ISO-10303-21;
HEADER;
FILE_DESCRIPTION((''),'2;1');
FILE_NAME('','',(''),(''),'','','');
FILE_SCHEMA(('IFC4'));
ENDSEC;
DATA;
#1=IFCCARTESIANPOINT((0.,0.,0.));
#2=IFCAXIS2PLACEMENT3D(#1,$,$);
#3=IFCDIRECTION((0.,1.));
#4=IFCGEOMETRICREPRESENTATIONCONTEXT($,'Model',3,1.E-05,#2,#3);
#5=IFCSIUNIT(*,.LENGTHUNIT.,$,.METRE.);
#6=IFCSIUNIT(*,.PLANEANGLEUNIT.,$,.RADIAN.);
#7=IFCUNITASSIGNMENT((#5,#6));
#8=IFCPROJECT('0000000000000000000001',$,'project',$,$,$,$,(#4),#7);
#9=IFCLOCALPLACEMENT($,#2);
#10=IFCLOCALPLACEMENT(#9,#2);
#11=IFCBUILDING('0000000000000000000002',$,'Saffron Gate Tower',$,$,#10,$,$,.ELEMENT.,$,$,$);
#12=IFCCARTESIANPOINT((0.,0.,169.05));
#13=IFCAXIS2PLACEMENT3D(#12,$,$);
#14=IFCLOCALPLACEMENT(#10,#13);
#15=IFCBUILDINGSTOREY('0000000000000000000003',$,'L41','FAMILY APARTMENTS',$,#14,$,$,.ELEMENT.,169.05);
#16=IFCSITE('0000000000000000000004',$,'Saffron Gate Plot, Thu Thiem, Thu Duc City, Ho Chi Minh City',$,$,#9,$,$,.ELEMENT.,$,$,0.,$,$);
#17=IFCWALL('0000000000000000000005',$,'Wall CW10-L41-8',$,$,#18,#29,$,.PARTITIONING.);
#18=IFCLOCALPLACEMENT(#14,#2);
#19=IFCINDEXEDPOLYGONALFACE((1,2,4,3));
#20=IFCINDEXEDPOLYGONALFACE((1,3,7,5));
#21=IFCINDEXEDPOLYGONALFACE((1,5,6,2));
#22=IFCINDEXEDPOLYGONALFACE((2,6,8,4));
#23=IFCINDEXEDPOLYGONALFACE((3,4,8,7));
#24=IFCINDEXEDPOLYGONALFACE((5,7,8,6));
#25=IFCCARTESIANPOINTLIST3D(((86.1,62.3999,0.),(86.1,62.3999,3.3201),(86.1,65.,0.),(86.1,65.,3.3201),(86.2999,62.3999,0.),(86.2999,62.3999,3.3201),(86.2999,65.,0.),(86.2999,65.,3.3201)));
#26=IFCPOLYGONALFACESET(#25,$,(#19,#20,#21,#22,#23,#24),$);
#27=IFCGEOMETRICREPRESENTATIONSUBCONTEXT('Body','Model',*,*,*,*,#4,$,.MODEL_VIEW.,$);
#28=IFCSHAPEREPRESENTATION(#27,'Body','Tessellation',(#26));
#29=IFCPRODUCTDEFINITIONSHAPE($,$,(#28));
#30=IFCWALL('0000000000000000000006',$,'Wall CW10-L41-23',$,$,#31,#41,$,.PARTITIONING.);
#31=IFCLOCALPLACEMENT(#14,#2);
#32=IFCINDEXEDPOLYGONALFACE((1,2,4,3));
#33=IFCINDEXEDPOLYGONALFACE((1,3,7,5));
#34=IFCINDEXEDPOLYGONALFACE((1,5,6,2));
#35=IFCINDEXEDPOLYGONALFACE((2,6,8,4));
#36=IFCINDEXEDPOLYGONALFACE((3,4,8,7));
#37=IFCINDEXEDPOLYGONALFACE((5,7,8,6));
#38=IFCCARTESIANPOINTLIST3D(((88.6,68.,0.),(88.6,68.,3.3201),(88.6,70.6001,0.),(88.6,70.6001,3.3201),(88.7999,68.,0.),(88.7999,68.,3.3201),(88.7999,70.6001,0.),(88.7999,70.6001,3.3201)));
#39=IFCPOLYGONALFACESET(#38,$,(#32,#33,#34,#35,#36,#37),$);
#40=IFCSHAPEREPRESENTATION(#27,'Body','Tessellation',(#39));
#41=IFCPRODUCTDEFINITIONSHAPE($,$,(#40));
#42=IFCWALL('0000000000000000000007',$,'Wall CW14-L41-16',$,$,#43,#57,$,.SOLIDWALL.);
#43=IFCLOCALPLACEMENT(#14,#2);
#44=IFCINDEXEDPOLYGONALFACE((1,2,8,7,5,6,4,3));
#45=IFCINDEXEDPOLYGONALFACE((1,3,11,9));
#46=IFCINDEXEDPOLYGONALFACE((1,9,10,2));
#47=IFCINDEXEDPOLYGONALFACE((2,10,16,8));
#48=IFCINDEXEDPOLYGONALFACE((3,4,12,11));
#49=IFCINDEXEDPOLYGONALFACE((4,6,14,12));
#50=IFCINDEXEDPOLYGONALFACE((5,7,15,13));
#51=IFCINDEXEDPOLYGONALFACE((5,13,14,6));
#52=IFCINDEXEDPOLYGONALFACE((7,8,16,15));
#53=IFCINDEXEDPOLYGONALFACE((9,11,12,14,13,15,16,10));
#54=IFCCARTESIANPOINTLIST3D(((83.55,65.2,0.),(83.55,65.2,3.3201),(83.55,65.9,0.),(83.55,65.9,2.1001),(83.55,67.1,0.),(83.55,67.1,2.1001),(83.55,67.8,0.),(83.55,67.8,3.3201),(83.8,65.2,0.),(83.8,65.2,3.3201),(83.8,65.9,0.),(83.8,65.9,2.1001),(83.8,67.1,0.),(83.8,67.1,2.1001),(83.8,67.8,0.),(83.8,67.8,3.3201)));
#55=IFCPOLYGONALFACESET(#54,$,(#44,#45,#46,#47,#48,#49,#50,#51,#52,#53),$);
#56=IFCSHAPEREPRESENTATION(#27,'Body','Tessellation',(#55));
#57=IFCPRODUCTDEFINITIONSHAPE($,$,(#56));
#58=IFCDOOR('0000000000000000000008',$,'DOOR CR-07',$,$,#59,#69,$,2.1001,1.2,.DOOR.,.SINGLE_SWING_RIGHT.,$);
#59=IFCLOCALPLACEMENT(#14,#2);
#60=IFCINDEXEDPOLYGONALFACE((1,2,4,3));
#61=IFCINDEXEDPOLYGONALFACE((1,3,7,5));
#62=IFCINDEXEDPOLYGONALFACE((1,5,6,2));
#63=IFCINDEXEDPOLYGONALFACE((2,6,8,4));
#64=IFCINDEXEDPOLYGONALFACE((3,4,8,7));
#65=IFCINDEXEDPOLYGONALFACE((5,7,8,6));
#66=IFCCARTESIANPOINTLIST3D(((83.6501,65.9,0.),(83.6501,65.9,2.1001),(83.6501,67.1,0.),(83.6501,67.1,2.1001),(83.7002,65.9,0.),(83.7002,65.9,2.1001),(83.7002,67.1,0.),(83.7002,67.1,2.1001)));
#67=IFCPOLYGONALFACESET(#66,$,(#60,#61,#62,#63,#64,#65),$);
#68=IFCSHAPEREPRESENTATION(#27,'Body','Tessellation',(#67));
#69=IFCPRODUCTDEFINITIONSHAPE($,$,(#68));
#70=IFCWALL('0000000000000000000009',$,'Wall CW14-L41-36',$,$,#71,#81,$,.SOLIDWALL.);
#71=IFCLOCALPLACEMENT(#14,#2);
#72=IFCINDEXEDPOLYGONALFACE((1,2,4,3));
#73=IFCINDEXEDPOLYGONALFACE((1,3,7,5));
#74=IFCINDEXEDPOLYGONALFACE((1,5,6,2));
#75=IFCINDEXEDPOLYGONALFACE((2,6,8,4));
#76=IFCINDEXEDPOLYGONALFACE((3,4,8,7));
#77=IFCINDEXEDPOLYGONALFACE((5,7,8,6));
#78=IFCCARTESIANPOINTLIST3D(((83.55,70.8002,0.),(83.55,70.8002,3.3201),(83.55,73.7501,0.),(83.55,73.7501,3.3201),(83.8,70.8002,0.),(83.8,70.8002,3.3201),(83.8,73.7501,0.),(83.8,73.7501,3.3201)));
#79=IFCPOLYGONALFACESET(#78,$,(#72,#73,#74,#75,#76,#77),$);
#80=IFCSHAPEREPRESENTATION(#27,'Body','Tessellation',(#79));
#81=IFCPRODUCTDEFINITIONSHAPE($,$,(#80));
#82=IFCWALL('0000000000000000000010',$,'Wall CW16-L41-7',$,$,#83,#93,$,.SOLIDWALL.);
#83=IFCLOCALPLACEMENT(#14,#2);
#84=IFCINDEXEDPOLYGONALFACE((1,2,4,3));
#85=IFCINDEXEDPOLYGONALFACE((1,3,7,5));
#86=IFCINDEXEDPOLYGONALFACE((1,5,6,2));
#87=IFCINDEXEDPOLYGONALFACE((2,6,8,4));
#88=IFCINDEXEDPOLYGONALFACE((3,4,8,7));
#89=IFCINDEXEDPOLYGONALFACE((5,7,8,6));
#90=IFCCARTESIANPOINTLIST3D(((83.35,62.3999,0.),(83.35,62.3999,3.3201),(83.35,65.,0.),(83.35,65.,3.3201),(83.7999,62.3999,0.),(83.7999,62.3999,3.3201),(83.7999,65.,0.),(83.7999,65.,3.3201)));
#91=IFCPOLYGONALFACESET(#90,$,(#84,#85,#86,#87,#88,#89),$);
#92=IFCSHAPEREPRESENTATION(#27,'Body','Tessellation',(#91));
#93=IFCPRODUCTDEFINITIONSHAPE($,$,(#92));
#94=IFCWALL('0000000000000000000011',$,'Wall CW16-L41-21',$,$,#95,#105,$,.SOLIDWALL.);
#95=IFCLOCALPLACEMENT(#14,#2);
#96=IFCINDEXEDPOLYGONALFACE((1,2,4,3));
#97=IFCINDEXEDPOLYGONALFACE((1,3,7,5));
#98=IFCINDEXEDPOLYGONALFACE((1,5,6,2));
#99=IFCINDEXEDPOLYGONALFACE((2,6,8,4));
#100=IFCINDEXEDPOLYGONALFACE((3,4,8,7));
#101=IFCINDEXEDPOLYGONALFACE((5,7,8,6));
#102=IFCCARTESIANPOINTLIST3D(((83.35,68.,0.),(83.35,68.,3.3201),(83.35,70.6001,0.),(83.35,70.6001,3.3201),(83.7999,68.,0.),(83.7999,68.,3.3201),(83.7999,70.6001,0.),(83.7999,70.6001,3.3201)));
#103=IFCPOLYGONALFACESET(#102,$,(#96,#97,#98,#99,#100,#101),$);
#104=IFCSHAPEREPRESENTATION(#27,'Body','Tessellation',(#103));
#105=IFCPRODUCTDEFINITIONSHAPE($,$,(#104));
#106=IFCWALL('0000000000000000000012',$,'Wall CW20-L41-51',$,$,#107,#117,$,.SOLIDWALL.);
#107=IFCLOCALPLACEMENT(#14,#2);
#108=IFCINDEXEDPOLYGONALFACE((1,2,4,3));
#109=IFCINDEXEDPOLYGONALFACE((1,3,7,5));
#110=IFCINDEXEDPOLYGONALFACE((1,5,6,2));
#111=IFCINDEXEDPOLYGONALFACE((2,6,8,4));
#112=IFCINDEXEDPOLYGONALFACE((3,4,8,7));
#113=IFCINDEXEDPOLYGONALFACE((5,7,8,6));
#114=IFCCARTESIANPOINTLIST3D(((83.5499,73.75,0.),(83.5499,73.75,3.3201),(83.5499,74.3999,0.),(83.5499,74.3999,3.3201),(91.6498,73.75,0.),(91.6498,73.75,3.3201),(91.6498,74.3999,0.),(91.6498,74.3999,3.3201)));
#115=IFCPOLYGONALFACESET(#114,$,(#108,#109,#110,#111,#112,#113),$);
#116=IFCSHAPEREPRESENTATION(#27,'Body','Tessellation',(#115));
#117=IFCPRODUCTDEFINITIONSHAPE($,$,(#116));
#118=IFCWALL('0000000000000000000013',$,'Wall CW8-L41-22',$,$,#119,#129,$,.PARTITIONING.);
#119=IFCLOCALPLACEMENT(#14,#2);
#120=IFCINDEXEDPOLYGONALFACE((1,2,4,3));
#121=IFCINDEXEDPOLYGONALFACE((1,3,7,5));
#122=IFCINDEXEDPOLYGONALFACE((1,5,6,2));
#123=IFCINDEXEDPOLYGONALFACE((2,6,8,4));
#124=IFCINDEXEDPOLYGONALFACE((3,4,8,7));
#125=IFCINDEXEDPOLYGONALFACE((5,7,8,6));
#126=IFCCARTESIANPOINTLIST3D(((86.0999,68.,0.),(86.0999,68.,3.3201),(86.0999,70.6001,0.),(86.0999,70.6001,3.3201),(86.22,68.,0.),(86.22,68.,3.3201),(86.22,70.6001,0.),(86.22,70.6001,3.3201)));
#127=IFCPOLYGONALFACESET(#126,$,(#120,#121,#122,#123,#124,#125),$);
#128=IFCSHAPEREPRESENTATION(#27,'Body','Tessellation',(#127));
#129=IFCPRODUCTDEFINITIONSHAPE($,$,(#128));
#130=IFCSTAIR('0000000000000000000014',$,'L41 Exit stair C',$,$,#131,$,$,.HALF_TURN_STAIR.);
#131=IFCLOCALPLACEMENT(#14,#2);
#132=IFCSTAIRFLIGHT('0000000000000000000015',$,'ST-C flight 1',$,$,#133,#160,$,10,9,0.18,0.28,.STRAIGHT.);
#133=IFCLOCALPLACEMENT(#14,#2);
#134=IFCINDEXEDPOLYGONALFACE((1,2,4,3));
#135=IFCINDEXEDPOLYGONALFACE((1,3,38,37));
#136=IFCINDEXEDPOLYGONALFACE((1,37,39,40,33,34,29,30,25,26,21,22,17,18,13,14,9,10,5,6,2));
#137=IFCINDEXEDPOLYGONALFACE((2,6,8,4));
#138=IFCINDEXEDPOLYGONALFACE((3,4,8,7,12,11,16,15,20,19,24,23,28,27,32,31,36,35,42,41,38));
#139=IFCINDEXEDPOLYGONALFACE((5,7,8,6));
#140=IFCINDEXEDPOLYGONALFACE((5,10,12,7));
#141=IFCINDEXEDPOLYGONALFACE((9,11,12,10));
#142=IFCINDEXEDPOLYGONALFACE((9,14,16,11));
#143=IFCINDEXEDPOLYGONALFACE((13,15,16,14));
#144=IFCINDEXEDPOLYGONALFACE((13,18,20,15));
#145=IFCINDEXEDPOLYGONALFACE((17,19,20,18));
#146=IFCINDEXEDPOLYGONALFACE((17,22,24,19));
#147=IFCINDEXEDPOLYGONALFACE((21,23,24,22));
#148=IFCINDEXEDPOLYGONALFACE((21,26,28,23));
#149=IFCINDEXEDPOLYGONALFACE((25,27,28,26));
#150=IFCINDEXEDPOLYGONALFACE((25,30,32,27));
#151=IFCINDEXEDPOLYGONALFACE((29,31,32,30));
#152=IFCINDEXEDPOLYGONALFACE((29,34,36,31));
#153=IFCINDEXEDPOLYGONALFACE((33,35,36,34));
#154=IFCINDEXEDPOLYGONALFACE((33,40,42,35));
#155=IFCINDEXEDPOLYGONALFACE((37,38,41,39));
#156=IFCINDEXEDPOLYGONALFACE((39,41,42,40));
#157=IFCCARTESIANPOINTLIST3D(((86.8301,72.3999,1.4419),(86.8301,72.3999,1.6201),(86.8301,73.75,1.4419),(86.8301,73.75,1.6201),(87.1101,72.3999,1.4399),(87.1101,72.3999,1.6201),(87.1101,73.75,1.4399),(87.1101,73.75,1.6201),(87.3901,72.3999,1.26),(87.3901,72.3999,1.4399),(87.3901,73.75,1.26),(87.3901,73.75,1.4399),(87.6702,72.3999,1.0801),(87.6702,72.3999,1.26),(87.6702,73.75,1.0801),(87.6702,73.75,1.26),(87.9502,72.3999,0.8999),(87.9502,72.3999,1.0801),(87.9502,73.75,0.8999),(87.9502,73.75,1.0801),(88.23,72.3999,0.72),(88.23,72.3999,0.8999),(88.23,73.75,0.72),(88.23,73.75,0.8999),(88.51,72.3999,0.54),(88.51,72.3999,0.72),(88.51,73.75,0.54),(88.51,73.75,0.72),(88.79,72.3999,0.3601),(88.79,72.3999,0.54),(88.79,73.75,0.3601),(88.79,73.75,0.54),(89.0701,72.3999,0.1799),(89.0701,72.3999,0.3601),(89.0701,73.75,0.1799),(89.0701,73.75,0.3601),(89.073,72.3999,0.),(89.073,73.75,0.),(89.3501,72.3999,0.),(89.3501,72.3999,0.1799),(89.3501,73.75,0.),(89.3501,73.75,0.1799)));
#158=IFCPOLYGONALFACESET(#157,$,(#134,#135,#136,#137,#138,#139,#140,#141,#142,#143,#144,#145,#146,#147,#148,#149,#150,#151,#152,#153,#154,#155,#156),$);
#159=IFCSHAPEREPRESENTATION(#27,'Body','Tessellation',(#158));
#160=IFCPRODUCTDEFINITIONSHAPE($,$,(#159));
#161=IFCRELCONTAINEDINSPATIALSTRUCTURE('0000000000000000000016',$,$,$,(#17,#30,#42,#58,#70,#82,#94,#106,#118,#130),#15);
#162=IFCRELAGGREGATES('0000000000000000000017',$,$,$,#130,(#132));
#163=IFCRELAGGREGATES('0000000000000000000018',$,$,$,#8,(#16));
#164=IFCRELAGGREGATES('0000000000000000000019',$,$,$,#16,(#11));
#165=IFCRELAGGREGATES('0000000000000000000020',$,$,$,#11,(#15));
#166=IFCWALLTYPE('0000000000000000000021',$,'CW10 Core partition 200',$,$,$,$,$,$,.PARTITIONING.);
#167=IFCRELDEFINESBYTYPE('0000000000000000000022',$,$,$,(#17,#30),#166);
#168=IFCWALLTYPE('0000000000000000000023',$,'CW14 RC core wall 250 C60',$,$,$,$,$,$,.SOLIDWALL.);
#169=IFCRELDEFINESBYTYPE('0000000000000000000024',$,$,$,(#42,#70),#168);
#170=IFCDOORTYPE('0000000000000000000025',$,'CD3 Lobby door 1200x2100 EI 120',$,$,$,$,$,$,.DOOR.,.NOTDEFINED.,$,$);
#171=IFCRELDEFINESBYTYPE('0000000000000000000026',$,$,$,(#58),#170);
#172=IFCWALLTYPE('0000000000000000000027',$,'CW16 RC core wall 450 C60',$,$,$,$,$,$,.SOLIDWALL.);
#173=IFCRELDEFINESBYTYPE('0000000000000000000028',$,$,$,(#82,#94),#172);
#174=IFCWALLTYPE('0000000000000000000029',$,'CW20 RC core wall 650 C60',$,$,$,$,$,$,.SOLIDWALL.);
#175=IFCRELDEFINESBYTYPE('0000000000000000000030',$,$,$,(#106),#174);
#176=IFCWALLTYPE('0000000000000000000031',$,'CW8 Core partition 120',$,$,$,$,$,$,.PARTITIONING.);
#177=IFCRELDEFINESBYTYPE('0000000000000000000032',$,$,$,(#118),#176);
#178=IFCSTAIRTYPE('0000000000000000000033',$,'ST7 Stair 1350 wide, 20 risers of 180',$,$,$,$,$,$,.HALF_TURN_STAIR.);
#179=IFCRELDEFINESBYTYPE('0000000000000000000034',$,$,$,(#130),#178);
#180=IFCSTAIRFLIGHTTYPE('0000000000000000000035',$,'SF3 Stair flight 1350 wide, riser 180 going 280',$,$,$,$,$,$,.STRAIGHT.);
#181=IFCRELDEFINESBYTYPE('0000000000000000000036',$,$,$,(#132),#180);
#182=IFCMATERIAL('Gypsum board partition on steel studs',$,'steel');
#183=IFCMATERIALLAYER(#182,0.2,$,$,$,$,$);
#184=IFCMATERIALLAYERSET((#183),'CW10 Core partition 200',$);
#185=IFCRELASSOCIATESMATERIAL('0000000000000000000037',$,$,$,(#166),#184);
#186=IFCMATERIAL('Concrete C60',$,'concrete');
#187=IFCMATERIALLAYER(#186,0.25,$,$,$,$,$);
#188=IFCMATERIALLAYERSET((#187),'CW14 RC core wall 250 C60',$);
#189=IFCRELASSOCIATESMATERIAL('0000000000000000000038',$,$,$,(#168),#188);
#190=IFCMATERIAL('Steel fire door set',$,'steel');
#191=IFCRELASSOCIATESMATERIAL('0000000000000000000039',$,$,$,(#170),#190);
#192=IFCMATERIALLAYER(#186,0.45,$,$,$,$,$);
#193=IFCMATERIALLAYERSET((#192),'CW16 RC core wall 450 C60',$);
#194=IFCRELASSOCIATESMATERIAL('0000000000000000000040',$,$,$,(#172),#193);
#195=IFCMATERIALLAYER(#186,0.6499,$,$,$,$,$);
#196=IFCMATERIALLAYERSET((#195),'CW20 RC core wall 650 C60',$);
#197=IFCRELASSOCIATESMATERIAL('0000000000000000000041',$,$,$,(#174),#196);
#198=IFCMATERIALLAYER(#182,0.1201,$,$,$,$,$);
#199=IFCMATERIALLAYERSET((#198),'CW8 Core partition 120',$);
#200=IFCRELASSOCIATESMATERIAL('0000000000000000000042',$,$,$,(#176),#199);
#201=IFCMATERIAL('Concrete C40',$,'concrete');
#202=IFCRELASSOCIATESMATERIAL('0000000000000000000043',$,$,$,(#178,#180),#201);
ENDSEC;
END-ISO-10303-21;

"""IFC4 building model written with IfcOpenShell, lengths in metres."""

from ifc_helpers import new_model, si_unit, direction, frame, frame_2d, origin, place, context, subcontext, project, spatial, polyline, rectangle, outline, extrude, material, layer, layer_set, type_object, element, fill, aggregate, save


model = new_model("IFC4")

# Units and contexts
model_context = context("Model", 3, precision=1e-05, world=origin(), true_north=direction((0.0, 1.0)))
body_context = subcontext(model_context, "Body", "Model", "MODEL_VIEW")
ifc_project = project(units=[si_unit("LENGTHUNIT", "METRE"), si_unit("PLANEANGLEUNIT", "RADIAN")], contexts=[model_context])

# Site, building, storey
site_placement = place(None, origin())
site = spatial("IfcSite", under=ifc_project, at=site_placement, Name="Saffron Gate Plot, Thu Thiem, Thu Duc City, Ho Chi Minh City", CompositionType="ELEMENT", RefElevation=0.0)
building_placement = place(site_placement, origin())
building = spatial("IfcBuilding", under=site, at=building_placement, Name="Saffron Gate Tower", CompositionType="ELEMENT")
storey_placement = place(building_placement, frame((0.0, 0.0, 169.05)))
storey = spatial("IfcBuildingStorey", under=building, at=storey_placement, Name="L41", Description="FAMILY APARTMENTS", CompositionType="ELEMENT", Elevation=169.05)

# Walls
ifc_material_1 = material(Name="Gypsum board partition on steel studs", Category="steel")
ifc_layer_1 = layer(ifc_material_1, 0.2)
ifc_layer_set_1 = layer_set([ifc_layer_1], Name="CW10 Core partition 200")
wall_type_1 = type_object("IfcWallType", Name="CW10 Core partition 200", PredefinedType="PARTITIONING", material=ifc_layer_set_1)
for number, where, z_axis, x_axis, name in (
    (1, (86.2, 62.3999, 0.0), (0.0, 0.0, 1.0), (0.0, 1.0, 0.0), "Wall CW10-L41-8"),
    (2, (88.7, 68.0, 0.0), (0.0, 0.0, 1.0), (0.0, 1.0, 0.0), "Wall CW10-L41-23"),
):
    element("IfcWall", number, at=place(storey_placement, frame(where, z_axis=z_axis, x_axis=x_axis)), inside=storey, type_object=wall_type_1, Name=name, PredefinedType="PARTITIONING", context=body_context, shape_type="SweptSolid", body=[
        extrude(rectangle(XDim=2.6001, YDim=0.2, at=frame_2d((1.3, 0.0))), origin(), (0.0, 0.0, 1.0), 3.3201),
    ])

# Wall, opening, door
ifc_material_2 = material(Name="Concrete C60", Category="concrete")
ifc_layer_2 = layer(ifc_material_2, 0.25)
ifc_layer_set_2 = layer_set([ifc_layer_2], Name="CW14 RC core wall 250 C60")
wall_type_2 = type_object("IfcWallType", Name="CW14 RC core wall 250 C60", PredefinedType="SOLIDWALL", material=ifc_layer_set_2)
wall_1_placement = place(storey_placement, frame((83.675, 65.2, 0.0), z_axis=(0.0, 0.0, 1.0), x_axis=(0.0, 1.0, 0.0)))
wall_1 = element("IfcWall", 3, at=wall_1_placement, inside=storey, type_object=wall_type_2, Name="Wall CW14-L41-16", PredefinedType="SOLIDWALL", context=body_context, shape_type="SweptSolid", body=[
    extrude(rectangle(XDim=2.6001, YDim=0.25, at=frame_2d((1.3, 0.0))), origin(), (0.0, 0.0, 1.0), 3.3201),
])
opening_placement = place(wall_1_placement, frame((0.7, 0.0, 0.0)))
opening = element("IfcOpeningElement", 4, at=opening_placement, cuts=wall_1, PredefinedType="OPENING", context=body_context, shape_type="SweptSolid", body=[
    extrude(rectangle(XDim=1.2, YDim=2.1001, at=frame_2d((0.6001, 1.05))), frame((0.0, 0.135, 0.0), z_axis=(0.0, -1.0, 0.0), x_axis=(1.0, 0.0, 0.0)), (0.0, 0.0, 1.0), 0.27),
])
ifc_material_3 = material(Name="Steel fire door set", Category="steel")
door_type = type_object("IfcDoorType", Name="CD3 Lobby door 1200x2100 EI 120", OperationType="NOTDEFINED", PredefinedType="DOOR", material=ifc_material_3)
door_placement = place(opening_placement, origin())
door = element("IfcDoor", 5, at=door_placement, inside=storey, type_object=door_type, Name="DOOR CR-07", OperationType="SINGLE_SWING_RIGHT", OverallHeight=2.1001, OverallWidth=1.2, PredefinedType="DOOR", context=body_context, shape_type="SweptSolid", body=[
    extrude(rectangle(XDim=1.2, YDim=2.1001, at=frame_2d((0.6001, 1.05))), frame((0.0, 0.0249, 0.0), z_axis=(0.0, -1.0, 0.0), x_axis=(1.0, 0.0, 0.0)), (0.0, 0.0, 1.0), 0.05),
])
fill(opening, door)

# Walls
wall_2_placement = place(storey_placement, frame((83.675, 70.8, 0.0), z_axis=(0.0, 0.0, 1.0), x_axis=(0.0, 1.0, 0.0)))
element("IfcWall", 6, at=wall_2_placement, inside=storey, type_object=wall_type_2, Name="Wall CW14-L41-36", PredefinedType="SOLIDWALL", context=body_context, shape_type="SweptSolid", body=[
    extrude(rectangle(XDim=2.95, YDim=0.25, at=frame_2d((1.4751, 0.0))), origin(), (0.0, 0.0, 1.0), 3.3201),
])
ifc_layer_3 = layer(ifc_material_2, 0.45)
ifc_layer_set_3 = layer_set([ifc_layer_3], Name="CW16 RC core wall 450 C60")
wall_type_3 = type_object("IfcWallType", Name="CW16 RC core wall 450 C60", PredefinedType="SOLIDWALL", material=ifc_layer_set_3)
for number, where, z_axis, x_axis, name in (
    (7, (83.575, 62.3999, 0.0), (0.0, 0.0, 1.0), (0.0, 1.0, 0.0), "Wall CW16-L41-7"),
    (8, (83.575, 68.0, 0.0), (0.0, 0.0, 1.0), (0.0, 1.0, 0.0), "Wall CW16-L41-21"),
):
    element("IfcWall", number, at=place(storey_placement, frame(where, z_axis=z_axis, x_axis=x_axis)), inside=storey, type_object=wall_type_3, Name=name, PredefinedType="SOLIDWALL", context=body_context, shape_type="SweptSolid", body=[
        extrude(rectangle(XDim=2.6001, YDim=0.45, at=frame_2d((1.3, 0.0))), origin(), (0.0, 0.0, 1.0), 3.3201),
    ])
ifc_layer_4 = layer(ifc_material_2, 0.6499)
ifc_layer_set_4 = layer_set([ifc_layer_4], Name="CW20 RC core wall 650 C60")
wall_type_4 = type_object("IfcWallType", Name="CW20 RC core wall 650 C60", PredefinedType="SOLIDWALL", material=ifc_layer_set_4)
wall_3_placement = place(storey_placement, frame((83.55, 74.075, 0.0), z_axis=(0.0, 0.0, 1.0), x_axis=(1.0, 0.0, 0.0)))
element("IfcWall", 9, at=wall_3_placement, inside=storey, type_object=wall_type_4, Name="Wall CW20-L41-51", PredefinedType="SOLIDWALL", context=body_context, shape_type="SweptSolid", body=[
    extrude(rectangle(XDim=8.0999, YDim=0.6499, at=frame_2d((4.0498, 0.0))), origin(), (0.0, 0.0, 1.0), 3.3201),
])
ifc_layer_5 = layer(ifc_material_1, 0.1201)
ifc_layer_set_5 = layer_set([ifc_layer_5], Name="CW8 Core partition 120")
wall_type_5 = type_object("IfcWallType", Name="CW8 Core partition 120", PredefinedType="PARTITIONING", material=ifc_layer_set_5)
wall_4_placement = place(storey_placement, frame((86.1599, 68.0, 0.0), z_axis=(0.0, 0.0, 1.0), x_axis=(0.0, 1.0, 0.0)))
element("IfcWall", 10, at=wall_4_placement, inside=storey, type_object=wall_type_5, Name="Wall CW8-L41-22", PredefinedType="PARTITIONING", context=body_context, shape_type="SweptSolid", body=[
    extrude(rectangle(XDim=2.6001, YDim=0.1201, at=frame_2d((1.3, 0.0))), origin(), (0.0, 0.0, 1.0), 3.3201),
])

# Stair, stair flight
ifc_material_4 = material(Name="Concrete C40", Category="concrete")
stair_type = type_object("IfcStairType", Name="ST7 Stair 1350 wide, 20 risers of 180", PredefinedType="HALF_TURN_STAIR", material=ifc_material_4)
stair_placement = place(storey_placement, origin())
stair = element("IfcStair", 11, at=stair_placement, inside=storey, type_object=stair_type, Name="L41 Exit stair C", PredefinedType="HALF_TURN_STAIR")
stair_flight_type = type_object("IfcStairFlightType", Name="SF3 Stair flight 1350 wide, riser 180 going 280", PredefinedType="STRAIGHT", material=ifc_material_4)
stair_flight_1_placement = place(storey_placement, frame((89.3501, 73.075, 0.0), z_axis=(0.0, 0.0, 1.0), x_axis=(-1.0, 0.0, 0.0)))
stair_flight_1 = element("IfcStairFlight", 12, at=stair_flight_1_placement, type_object=stair_flight_type, Name="ST-C flight 1", NumberOfRisers=10, NumberOfTreads=9, PredefinedType="STRAIGHT", RiserHeight=0.18, TreadLength=0.28, context=body_context, shape_type="SweptSolid", body=[
    extrude(outline(polyline([(0.0, 0.0), (0.0, 0.1799), (0.28, 0.1799), (0.28, 0.3601), (0.5601, 0.3601), (0.5601, 0.54), (0.8401, 0.54), (0.8401, 0.72), (1.1201, 0.72), (1.1201, 0.8999), (1.3999, 0.8999), (1.3999, 1.0801), (1.6799, 1.0801), (1.6799, 1.26), (1.96, 1.26), (1.96, 1.4399), (2.24, 1.4399), (2.24, 1.6201), (2.52, 1.6201), (2.52, 1.8), (2.52, 1.4419), (0.2771, 0.0), (0.0, 0.0)])), frame((0.0, 0.675, 0.0), z_axis=(0.0, -1.0, 0.0), x_axis=(1.0, 0.0, 0.0)), (0.0, 0.0, 1.0), 1.3501),
])
aggregate(stair, [stair_flight_1])

save(model, "model.ifc")
